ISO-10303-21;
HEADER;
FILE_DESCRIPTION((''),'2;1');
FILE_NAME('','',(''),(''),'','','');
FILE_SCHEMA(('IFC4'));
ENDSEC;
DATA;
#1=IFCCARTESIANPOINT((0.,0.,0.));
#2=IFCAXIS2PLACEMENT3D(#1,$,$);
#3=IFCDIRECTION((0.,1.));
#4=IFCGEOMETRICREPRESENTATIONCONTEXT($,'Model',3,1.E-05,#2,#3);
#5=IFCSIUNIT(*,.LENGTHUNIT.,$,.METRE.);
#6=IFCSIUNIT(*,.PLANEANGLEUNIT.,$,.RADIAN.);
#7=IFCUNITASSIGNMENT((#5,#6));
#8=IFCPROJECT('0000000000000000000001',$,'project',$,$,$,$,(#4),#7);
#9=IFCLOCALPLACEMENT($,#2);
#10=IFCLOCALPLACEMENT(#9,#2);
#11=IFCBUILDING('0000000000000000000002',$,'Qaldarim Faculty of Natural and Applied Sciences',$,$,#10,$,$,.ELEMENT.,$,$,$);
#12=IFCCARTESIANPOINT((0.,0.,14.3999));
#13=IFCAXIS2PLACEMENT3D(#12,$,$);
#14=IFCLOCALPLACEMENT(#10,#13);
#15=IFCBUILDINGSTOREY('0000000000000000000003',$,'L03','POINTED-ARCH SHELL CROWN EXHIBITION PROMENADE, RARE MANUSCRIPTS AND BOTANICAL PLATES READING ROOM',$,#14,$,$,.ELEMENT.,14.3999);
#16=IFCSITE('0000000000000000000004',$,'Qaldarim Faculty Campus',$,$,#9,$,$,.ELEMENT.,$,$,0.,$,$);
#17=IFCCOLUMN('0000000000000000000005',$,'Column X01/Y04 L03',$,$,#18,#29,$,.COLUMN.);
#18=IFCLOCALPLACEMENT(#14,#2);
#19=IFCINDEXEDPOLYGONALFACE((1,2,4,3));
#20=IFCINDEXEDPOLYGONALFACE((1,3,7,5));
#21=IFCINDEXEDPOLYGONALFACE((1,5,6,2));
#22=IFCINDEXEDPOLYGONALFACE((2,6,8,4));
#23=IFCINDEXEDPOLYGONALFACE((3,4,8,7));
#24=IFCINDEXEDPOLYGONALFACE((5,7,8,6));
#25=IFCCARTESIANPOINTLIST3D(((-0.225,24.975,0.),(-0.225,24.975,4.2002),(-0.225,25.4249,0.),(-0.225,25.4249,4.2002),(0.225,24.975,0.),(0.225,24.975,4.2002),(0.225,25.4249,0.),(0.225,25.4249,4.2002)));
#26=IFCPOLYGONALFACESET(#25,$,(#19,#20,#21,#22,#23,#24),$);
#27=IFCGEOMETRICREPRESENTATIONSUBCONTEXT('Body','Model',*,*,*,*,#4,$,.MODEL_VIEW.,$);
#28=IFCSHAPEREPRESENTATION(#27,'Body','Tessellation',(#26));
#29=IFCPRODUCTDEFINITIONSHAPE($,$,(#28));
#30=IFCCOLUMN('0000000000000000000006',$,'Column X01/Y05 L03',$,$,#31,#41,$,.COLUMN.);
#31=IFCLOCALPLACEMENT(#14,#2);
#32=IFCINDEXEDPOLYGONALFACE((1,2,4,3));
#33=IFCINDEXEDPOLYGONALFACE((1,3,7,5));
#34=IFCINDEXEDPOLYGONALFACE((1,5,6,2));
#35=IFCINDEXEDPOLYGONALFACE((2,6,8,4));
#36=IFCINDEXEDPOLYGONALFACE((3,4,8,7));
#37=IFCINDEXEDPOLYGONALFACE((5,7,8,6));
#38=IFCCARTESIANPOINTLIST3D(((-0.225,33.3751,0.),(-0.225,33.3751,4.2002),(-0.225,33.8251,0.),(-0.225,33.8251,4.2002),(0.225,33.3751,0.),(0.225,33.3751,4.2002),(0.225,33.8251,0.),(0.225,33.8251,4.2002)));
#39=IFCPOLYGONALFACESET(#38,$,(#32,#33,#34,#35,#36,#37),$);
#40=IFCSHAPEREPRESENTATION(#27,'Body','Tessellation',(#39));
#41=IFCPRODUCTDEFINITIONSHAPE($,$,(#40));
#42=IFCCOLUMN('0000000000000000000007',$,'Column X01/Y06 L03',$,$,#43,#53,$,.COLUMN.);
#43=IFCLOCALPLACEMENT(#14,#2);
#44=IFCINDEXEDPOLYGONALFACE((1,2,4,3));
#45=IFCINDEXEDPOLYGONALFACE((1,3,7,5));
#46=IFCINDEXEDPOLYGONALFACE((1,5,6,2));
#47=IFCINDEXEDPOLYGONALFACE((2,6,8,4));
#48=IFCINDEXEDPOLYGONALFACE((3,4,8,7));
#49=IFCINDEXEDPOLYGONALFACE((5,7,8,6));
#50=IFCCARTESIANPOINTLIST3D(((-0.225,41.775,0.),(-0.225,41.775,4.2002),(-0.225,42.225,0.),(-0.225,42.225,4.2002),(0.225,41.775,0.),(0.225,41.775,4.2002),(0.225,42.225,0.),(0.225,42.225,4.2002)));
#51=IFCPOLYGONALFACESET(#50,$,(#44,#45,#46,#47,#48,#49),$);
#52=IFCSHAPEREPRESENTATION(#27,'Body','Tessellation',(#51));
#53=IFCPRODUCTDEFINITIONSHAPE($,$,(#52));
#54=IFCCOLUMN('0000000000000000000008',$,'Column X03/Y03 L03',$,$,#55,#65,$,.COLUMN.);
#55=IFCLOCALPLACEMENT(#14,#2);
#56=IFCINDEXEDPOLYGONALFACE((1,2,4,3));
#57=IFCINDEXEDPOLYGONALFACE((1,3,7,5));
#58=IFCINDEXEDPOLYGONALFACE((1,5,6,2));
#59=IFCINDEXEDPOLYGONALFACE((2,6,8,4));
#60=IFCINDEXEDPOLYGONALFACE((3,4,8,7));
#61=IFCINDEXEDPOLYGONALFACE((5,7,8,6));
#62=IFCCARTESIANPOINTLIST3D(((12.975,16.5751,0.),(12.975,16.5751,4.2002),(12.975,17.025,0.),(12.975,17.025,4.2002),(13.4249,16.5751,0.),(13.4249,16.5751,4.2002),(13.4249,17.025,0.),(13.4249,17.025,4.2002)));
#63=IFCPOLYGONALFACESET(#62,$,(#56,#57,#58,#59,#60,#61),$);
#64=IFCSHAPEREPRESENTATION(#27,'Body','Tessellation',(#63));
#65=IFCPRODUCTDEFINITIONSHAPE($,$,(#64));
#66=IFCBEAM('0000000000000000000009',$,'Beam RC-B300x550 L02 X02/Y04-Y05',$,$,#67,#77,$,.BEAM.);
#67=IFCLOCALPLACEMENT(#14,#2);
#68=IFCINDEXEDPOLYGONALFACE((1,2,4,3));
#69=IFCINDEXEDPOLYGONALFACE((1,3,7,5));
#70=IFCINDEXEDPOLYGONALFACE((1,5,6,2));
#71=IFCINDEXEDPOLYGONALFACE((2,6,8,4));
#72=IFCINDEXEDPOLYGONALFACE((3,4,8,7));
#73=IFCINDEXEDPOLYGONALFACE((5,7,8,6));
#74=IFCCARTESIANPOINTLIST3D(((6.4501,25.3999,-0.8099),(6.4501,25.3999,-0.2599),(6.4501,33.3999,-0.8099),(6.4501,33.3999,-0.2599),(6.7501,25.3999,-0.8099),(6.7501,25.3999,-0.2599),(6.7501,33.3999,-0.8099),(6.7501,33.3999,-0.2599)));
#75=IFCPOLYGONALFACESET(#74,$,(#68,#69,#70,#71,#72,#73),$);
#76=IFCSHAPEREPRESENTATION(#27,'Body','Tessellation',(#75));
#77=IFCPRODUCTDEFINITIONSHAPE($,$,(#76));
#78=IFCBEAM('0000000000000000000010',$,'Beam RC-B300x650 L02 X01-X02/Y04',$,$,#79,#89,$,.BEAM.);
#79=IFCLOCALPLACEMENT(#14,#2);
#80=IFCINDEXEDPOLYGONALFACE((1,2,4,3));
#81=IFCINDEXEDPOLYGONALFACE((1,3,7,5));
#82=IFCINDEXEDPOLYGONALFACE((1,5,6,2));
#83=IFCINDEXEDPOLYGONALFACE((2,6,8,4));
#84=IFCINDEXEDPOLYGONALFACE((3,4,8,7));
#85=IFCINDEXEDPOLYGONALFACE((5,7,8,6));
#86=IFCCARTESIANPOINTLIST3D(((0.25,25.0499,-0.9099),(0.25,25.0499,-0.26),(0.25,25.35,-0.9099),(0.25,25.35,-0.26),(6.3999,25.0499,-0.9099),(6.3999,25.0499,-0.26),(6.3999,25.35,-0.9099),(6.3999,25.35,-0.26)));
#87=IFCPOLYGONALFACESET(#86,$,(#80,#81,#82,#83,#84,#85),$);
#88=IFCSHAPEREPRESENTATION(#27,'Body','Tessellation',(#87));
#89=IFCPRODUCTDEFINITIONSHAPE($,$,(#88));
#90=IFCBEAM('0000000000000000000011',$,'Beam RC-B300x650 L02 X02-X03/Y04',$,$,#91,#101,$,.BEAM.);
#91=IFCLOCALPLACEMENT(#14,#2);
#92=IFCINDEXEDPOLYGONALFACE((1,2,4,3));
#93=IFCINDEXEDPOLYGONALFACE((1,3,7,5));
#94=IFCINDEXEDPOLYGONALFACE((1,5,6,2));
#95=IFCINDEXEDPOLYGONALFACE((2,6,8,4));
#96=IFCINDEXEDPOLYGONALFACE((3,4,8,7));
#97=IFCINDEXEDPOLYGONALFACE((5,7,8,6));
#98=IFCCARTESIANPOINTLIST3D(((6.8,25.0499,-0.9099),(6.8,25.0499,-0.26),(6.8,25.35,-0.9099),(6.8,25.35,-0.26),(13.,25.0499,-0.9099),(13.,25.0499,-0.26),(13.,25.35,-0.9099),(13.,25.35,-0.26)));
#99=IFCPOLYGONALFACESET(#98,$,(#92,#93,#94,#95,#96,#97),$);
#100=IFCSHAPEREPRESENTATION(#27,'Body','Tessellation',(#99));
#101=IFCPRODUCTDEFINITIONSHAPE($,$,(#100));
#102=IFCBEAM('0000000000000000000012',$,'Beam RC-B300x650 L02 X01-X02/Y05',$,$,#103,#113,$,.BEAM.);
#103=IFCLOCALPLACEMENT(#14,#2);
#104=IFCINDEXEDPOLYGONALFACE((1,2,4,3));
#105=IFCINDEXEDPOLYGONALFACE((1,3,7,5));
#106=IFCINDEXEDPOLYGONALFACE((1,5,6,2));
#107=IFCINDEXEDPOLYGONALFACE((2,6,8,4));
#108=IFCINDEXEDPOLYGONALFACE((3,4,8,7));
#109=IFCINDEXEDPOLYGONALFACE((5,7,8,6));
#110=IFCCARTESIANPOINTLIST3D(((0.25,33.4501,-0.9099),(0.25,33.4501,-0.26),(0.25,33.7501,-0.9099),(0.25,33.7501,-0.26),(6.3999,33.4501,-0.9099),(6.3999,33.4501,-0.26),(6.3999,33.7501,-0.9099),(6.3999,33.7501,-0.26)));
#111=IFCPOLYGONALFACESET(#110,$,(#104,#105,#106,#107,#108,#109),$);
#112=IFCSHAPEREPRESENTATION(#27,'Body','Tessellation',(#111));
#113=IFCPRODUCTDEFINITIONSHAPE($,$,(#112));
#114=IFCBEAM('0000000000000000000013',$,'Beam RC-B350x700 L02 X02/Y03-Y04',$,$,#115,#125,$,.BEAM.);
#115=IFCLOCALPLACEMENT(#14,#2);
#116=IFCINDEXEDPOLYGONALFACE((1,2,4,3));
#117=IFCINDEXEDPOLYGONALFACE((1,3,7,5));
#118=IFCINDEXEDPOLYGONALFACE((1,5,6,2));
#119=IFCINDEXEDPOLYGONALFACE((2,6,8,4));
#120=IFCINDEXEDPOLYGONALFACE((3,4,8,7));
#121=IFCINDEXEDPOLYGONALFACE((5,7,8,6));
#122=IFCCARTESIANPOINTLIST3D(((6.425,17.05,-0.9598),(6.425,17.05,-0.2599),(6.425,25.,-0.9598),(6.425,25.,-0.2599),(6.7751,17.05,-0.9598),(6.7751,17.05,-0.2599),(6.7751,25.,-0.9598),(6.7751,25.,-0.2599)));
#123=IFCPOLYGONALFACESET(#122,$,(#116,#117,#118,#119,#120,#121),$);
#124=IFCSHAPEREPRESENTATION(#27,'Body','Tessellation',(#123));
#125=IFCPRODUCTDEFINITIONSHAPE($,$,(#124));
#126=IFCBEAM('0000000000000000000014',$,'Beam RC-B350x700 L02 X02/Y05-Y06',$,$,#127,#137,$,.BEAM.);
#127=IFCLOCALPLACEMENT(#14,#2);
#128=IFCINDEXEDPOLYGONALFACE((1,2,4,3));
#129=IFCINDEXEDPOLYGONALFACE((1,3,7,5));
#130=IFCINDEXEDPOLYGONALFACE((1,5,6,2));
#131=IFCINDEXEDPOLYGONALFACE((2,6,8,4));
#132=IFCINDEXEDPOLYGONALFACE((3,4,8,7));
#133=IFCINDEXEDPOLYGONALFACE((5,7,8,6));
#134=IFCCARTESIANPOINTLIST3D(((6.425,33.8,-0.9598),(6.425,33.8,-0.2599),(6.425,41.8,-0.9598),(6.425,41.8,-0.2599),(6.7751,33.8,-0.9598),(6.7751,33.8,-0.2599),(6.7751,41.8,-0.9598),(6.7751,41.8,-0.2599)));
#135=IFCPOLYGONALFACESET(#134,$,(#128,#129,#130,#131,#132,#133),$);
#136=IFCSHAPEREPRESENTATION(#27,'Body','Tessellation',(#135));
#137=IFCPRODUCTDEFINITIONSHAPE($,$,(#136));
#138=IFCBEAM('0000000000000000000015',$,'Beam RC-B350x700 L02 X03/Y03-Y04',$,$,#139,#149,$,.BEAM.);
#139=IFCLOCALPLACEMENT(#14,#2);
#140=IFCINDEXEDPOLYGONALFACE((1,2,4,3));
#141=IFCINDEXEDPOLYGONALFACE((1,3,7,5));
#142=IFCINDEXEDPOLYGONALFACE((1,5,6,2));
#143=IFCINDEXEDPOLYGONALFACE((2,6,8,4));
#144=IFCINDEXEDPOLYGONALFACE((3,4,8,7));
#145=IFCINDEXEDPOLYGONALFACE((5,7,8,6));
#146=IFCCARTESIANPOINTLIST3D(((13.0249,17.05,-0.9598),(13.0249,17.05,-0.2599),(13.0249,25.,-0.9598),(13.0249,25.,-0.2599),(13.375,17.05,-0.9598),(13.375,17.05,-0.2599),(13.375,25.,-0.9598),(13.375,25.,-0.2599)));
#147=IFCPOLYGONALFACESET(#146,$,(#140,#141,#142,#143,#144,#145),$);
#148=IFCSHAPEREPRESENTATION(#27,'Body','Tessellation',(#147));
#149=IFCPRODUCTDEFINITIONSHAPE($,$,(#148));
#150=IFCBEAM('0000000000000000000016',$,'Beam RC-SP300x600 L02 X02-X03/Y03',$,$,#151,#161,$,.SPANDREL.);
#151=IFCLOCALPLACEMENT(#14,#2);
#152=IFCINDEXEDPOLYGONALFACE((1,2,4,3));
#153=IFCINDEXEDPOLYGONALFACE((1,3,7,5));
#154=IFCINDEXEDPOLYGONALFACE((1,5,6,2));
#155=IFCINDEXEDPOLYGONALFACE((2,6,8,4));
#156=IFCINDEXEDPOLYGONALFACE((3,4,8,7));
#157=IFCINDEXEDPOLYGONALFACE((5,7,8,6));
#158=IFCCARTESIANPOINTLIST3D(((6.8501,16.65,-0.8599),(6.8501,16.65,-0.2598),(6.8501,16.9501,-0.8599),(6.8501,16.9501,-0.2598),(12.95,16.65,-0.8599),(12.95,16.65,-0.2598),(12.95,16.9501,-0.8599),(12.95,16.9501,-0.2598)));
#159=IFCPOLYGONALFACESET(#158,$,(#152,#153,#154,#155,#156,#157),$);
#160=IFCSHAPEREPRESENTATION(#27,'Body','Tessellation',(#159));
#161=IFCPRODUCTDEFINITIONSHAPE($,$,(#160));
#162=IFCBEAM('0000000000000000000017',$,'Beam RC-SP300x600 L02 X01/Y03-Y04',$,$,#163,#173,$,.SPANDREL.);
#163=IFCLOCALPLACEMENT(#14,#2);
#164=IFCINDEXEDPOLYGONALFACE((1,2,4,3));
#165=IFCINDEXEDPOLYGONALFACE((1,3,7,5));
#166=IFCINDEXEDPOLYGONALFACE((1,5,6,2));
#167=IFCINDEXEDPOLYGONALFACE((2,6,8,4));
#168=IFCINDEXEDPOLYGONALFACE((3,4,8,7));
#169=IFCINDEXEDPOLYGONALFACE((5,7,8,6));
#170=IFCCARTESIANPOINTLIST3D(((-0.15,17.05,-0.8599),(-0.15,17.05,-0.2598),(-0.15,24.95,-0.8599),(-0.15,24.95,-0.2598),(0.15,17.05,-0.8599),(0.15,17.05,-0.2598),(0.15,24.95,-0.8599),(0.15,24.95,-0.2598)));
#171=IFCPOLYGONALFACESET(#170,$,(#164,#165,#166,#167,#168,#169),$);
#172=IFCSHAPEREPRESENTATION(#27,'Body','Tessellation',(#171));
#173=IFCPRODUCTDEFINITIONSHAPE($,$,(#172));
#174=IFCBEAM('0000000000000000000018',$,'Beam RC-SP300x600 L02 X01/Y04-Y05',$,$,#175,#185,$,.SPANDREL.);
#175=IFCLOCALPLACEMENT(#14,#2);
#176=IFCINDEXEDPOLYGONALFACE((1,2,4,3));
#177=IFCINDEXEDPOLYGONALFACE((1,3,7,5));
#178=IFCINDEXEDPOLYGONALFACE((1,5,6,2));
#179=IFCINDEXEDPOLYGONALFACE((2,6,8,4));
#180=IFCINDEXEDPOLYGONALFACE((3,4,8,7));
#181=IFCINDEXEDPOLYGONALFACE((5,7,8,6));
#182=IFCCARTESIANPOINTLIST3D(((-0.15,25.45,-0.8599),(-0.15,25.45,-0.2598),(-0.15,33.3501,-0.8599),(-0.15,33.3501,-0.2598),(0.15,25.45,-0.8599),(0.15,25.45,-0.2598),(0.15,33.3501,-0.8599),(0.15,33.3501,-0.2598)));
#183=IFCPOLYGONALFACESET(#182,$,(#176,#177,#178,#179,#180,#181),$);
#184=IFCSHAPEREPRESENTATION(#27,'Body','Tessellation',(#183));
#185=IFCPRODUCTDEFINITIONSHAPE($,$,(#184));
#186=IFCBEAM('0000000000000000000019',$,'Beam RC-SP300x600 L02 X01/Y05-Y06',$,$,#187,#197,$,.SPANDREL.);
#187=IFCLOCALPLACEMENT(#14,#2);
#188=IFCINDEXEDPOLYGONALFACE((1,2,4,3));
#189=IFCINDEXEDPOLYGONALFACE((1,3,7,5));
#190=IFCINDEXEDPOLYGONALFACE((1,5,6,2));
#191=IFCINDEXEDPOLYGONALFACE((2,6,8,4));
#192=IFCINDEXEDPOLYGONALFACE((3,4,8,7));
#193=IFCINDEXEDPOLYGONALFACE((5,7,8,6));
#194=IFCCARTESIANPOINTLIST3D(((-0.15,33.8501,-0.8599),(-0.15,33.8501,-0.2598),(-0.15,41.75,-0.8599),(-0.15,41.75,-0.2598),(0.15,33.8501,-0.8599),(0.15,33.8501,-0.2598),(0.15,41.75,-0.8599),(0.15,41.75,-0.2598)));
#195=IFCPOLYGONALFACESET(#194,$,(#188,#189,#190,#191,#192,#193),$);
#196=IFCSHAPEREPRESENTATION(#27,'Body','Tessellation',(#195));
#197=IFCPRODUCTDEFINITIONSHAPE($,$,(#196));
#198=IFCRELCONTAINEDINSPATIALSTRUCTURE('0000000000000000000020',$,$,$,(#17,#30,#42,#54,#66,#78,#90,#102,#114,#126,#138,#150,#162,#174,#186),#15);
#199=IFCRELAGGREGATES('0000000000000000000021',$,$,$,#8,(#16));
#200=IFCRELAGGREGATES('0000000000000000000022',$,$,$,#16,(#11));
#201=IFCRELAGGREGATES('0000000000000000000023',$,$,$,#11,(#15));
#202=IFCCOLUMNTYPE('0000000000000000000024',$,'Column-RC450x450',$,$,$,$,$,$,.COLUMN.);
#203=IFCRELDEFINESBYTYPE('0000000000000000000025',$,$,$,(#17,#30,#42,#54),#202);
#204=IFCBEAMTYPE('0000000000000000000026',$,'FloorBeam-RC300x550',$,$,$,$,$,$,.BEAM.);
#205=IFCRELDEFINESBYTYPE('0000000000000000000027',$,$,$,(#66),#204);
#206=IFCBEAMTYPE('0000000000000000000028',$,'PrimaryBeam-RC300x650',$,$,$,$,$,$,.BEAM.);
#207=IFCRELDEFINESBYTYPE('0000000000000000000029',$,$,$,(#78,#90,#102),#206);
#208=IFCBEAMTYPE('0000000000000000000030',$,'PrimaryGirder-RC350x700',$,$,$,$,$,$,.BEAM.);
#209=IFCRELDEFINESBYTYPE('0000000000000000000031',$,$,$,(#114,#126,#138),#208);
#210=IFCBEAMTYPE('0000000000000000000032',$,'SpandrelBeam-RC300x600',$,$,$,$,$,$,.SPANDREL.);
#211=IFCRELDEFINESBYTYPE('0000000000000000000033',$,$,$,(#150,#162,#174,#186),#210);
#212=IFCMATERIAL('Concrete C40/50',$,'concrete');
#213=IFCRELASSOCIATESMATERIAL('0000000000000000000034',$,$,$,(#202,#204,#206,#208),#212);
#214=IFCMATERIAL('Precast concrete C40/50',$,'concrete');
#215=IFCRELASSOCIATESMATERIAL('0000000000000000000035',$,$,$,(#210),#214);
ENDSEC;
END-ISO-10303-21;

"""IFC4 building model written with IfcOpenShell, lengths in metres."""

from ifc_helpers import new_model, si_unit, direction, frame, origin, origin_2d, place, context, subcontext, project, spatial, rectangle, extrude, material, material_profile, profile_set, type_object, element, save


model = new_model("IFC4")

# Units and contexts
model_context = context("Model", 3, precision=1e-05, world=origin(), true_north=direction((0.0, 1.0)))
body_context = subcontext(model_context, "Body", "Model", "MODEL_VIEW")
ifc_project = project(units=[si_unit("LENGTHUNIT", "METRE"), si_unit("PLANEANGLEUNIT", "RADIAN")], contexts=[model_context])

# Site, building, storey
site_placement = place(None, origin())
site = spatial("IfcSite", under=ifc_project, at=site_placement, Name="Qaldarim Faculty Campus", CompositionType="ELEMENT", RefElevation=0.0)
building_placement = place(site_placement, origin())
building = spatial("IfcBuilding", under=site, at=building_placement, Name="Qaldarim Faculty of Natural and Applied Sciences", CompositionType="ELEMENT")
storey_placement = place(building_placement, frame((0.0, 0.0, 14.3999)))
storey = spatial("IfcBuildingStorey", under=building, at=storey_placement, Name="L03", Description="POINTED-ARCH SHELL CROWN EXHIBITION PROMENADE, RARE MANUSCRIPTS AND BOTANICAL PLATES READING ROOM", CompositionType="ELEMENT", Elevation=14.3999)

# Columns
ifc_material_1 = material(Name="Concrete C40/50", Category="concrete")
ifc_material_profile_1 = material_profile(ifc_material_1, rectangle(XDim=0.45, YDim=0.45, at=origin_2d()), Name="RC-C450x450")
ifc_profile_set_1 = profile_set([ifc_material_profile_1], Name="Concrete C40/50")
column_type = type_object("IfcColumnType", Name="Column-RC450x450", PredefinedType="COLUMN", material=ifc_profile_set_1)
for number, where, z_axis, x_axis, name in (
    (1, (0.0, 25.2, 0.0), (0.0, 0.0, 1.0), (1.0, 0.0, 0.0), "Column X01/Y04 L03"),
    (2, (0.0, 33.6001, 0.0), (0.0, 0.0, 1.0), (1.0, 0.0, 0.0), "Column X01/Y05 L03"),
    (3, (0.0, 42.0, 0.0), (0.0, 0.0, 1.0), (1.0, 0.0, 0.0), "Column X01/Y06 L03"),
    (4, (13.2, 16.8, 0.0), (0.0, 0.0, 1.0), (1.0, 0.0, 0.0), "Column X03/Y03 L03"),
):
    element("IfcColumn", number, at=place(storey_placement, frame(where, z_axis=z_axis, x_axis=x_axis)), inside=storey, type_object=column_type, Name=name, PredefinedType="COLUMN", context=body_context, shape_type="SweptSolid", body=[
        extrude(rectangle(XDim=0.45, YDim=0.45, at=origin_2d()), origin(), (0.0, 0.0, 1.0), 4.2002),
    ])

# Beams
ifc_material_profile_2 = material_profile(ifc_material_1, rectangle(XDim=0.3, YDim=0.55, at=origin_2d()), Name="RC-B300x550")
ifc_profile_set_2 = profile_set([ifc_material_profile_2], Name="Concrete C40/50")
beam_type_1 = type_object("IfcBeamType", Name="FloorBeam-RC300x550", PredefinedType="BEAM", material=ifc_profile_set_2)
beam_1_placement = place(storey_placement, frame((6.6001, 25.3999, -0.5349), z_axis=(0.0, 1.0, 0.0), x_axis=(-1.0, 0.0, 0.0)))
element("IfcBeam", 5, at=beam_1_placement, inside=storey, type_object=beam_type_1, Name="Beam RC-B300x550 L02 X02/Y04-Y05", PredefinedType="BEAM", context=body_context, shape_type="SweptSolid", body=[
    extrude(rectangle(XDim=0.3, YDim=0.55, at=origin_2d()), origin(), (0.0, 0.0, 1.0), 8.0),
])
ifc_material_profile_3 = material_profile(ifc_material_1, rectangle(XDim=0.3, YDim=0.6499, at=origin_2d()), Name="RC-B300x650")
ifc_profile_set_3 = profile_set([ifc_material_profile_3], Name="Concrete C40/50")
beam_type_2 = type_object("IfcBeamType", Name="PrimaryBeam-RC300x650", PredefinedType="BEAM", material=ifc_profile_set_3)
beam_2_placement = place(storey_placement, frame((0.25, 25.2, -0.585), z_axis=(1.0, 0.0, 0.0), x_axis=(0.0, 1.0, 0.0)))
element("IfcBeam", 6, at=beam_2_placement, inside=storey, type_object=beam_type_2, Name="Beam RC-B300x650 L02 X01-X02/Y04", PredefinedType="BEAM", context=body_context, shape_type="SweptSolid", body=[
    extrude(rectangle(XDim=0.3, YDim=0.6499, at=origin_2d()), origin(), (0.0, 0.0, 1.0), 6.1499),
])
beam_3_placement = place(storey_placement, frame((6.8, 25.2, -0.585), z_axis=(1.0, 0.0, 0.0), x_axis=(0.0, 1.0, 0.0)))
element("IfcBeam", 7, at=beam_3_placement, inside=storey, type_object=beam_type_2, Name="Beam RC-B300x650 L02 X02-X03/Y04", PredefinedType="BEAM", context=body_context, shape_type="SweptSolid", body=[
    extrude(rectangle(XDim=0.3, YDim=0.6499, at=origin_2d()), origin(), (0.0, 0.0, 1.0), 6.2),
])
beam_4_placement = place(storey_placement, frame((0.25, 33.6001, -0.585), z_axis=(1.0, 0.0, 0.0), x_axis=(0.0, 1.0, 0.0)))
element("IfcBeam", 8, at=beam_4_placement, inside=storey, type_object=beam_type_2, Name="Beam RC-B300x650 L02 X01-X02/Y05", PredefinedType="BEAM", context=body_context, shape_type="SweptSolid", body=[
    extrude(rectangle(XDim=0.3, YDim=0.6499, at=origin_2d()), origin(), (0.0, 0.0, 1.0), 6.1499),
])
ifc_material_profile_4 = material_profile(ifc_material_1, rectangle(XDim=0.3501, YDim=0.7, at=origin_2d()), Name="RC-B350x700")
ifc_profile_set_4 = profile_set([ifc_material_profile_4], Name="Concrete C40/50")
beam_type_3 = type_object("IfcBeamType", Name="PrimaryGirder-RC350x700", PredefinedType="BEAM", material=ifc_profile_set_4)
beam_5_placement = place(storey_placement, frame((6.6001, 17.05, -0.6099), z_axis=(0.0, 1.0, 0.0), x_axis=(-1.0, 0.0, 0.0)))
element("IfcBeam", 9, at=beam_5_placement, inside=storey, type_object=beam_type_3, Name="Beam RC-B350x700 L02 X02/Y03-Y04", PredefinedType="BEAM", context=body_context, shape_type="SweptSolid", body=[
    extrude(rectangle(XDim=0.3501, YDim=0.7, at=origin_2d()), origin(), (0.0, 0.0, 1.0), 7.95),
])
beam_6_placement = place(storey_placement, frame((6.6001, 33.8, -0.6099), z_axis=(0.0, 1.0, 0.0), x_axis=(-1.0, 0.0, 0.0)))
element("IfcBeam", 10, at=beam_6_placement, inside=storey, type_object=beam_type_3, Name="Beam RC-B350x700 L02 X02/Y05-Y06", PredefinedType="BEAM", context=body_context, shape_type="SweptSolid", body=[
    extrude(rectangle(XDim=0.3501, YDim=0.7, at=origin_2d()), origin(), (0.0, 0.0, 1.0), 8.0),
])
beam_7_placement = place(storey_placement, frame((13.2, 17.05, -0.6099), z_axis=(0.0, 1.0, 0.0), x_axis=(-1.0, 0.0, 0.0)))
element("IfcBeam", 11, at=beam_7_placement, inside=storey, type_object=beam_type_3, Name="Beam RC-B350x700 L02 X03/Y03-Y04", PredefinedType="BEAM", context=body_context, shape_type="SweptSolid", body=[
    extrude(rectangle(XDim=0.3501, YDim=0.7, at=origin_2d()), origin(), (0.0, 0.0, 1.0), 7.95),
])
ifc_material_2 = material(Name="Precast concrete C40/50", Category="concrete")
ifc_material_profile_5 = material_profile(ifc_material_2, rectangle(XDim=0.3, YDim=0.6001, at=origin_2d()), Name="RC-SP300x600")
ifc_profile_set_5 = profile_set([ifc_material_profile_5], Name="Precast concrete C40/50")
beam_type_4 = type_object("IfcBeamType", Name="SpandrelBeam-RC300x600", PredefinedType="SPANDREL", material=ifc_profile_set_5)
beam_8_placement = place(storey_placement, frame((6.8501, 16.8, -0.5598), z_axis=(1.0, 0.0, 0.0), x_axis=(0.0, 1.0, 0.0)))
element("IfcBeam", 12, at=beam_8_placement, inside=storey, type_object=beam_type_4, Name="Beam RC-SP300x600 L02 X02-X03/Y03", PredefinedType="SPANDREL", context=body_context, shape_type="SweptSolid", body=[
    extrude(rectangle(XDim=0.3, YDim=0.6001, at=origin_2d()), origin(), (0.0, 0.0, 1.0), 6.0999),
])
beam_9_placement = place(storey_placement, frame((0.0, 17.05, -0.5598), z_axis=(0.0, 1.0, 0.0), x_axis=(-1.0, 0.0, 0.0)))
element("IfcBeam", 13, at=beam_9_placement, inside=storey, type_object=beam_type_4, Name="Beam RC-SP300x600 L02 X01/Y03-Y04", PredefinedType="SPANDREL", context=body_context, shape_type="SweptSolid", body=[
    extrude(rectangle(XDim=0.3, YDim=0.6001, at=origin_2d()), origin(), (0.0, 0.0, 1.0), 7.8999),
])
beam_10_placement = place(storey_placement, frame((0.0, 25.45, -0.5598), z_axis=(0.0, 1.0, 0.0), x_axis=(-1.0, 0.0, 0.0)))
element("IfcBeam", 14, at=beam_10_placement, inside=storey, type_object=beam_type_4, Name="Beam RC-SP300x600 L02 X01/Y04-Y05", PredefinedType="SPANDREL", context=body_context, shape_type="SweptSolid", body=[
    extrude(rectangle(XDim=0.3, YDim=0.6001, at=origin_2d()), origin(), (0.0, 0.0, 1.0), 7.9001),
])
beam_11_placement = place(storey_placement, frame((0.0, 33.8501, -0.5598), z_axis=(0.0, 1.0, 0.0), x_axis=(-1.0, 0.0, 0.0)))
element("IfcBeam", 15, at=beam_11_placement, inside=storey, type_object=beam_type_4, Name="Beam RC-SP300x600 L02 X01/Y05-Y06", PredefinedType="SPANDREL", context=body_context, shape_type="SweptSolid", body=[
    extrude(rectangle(XDim=0.3, YDim=0.6001, at=origin_2d()), origin(), (0.0, 0.0, 1.0), 7.8999),
])

save(model, "model.ifc")
